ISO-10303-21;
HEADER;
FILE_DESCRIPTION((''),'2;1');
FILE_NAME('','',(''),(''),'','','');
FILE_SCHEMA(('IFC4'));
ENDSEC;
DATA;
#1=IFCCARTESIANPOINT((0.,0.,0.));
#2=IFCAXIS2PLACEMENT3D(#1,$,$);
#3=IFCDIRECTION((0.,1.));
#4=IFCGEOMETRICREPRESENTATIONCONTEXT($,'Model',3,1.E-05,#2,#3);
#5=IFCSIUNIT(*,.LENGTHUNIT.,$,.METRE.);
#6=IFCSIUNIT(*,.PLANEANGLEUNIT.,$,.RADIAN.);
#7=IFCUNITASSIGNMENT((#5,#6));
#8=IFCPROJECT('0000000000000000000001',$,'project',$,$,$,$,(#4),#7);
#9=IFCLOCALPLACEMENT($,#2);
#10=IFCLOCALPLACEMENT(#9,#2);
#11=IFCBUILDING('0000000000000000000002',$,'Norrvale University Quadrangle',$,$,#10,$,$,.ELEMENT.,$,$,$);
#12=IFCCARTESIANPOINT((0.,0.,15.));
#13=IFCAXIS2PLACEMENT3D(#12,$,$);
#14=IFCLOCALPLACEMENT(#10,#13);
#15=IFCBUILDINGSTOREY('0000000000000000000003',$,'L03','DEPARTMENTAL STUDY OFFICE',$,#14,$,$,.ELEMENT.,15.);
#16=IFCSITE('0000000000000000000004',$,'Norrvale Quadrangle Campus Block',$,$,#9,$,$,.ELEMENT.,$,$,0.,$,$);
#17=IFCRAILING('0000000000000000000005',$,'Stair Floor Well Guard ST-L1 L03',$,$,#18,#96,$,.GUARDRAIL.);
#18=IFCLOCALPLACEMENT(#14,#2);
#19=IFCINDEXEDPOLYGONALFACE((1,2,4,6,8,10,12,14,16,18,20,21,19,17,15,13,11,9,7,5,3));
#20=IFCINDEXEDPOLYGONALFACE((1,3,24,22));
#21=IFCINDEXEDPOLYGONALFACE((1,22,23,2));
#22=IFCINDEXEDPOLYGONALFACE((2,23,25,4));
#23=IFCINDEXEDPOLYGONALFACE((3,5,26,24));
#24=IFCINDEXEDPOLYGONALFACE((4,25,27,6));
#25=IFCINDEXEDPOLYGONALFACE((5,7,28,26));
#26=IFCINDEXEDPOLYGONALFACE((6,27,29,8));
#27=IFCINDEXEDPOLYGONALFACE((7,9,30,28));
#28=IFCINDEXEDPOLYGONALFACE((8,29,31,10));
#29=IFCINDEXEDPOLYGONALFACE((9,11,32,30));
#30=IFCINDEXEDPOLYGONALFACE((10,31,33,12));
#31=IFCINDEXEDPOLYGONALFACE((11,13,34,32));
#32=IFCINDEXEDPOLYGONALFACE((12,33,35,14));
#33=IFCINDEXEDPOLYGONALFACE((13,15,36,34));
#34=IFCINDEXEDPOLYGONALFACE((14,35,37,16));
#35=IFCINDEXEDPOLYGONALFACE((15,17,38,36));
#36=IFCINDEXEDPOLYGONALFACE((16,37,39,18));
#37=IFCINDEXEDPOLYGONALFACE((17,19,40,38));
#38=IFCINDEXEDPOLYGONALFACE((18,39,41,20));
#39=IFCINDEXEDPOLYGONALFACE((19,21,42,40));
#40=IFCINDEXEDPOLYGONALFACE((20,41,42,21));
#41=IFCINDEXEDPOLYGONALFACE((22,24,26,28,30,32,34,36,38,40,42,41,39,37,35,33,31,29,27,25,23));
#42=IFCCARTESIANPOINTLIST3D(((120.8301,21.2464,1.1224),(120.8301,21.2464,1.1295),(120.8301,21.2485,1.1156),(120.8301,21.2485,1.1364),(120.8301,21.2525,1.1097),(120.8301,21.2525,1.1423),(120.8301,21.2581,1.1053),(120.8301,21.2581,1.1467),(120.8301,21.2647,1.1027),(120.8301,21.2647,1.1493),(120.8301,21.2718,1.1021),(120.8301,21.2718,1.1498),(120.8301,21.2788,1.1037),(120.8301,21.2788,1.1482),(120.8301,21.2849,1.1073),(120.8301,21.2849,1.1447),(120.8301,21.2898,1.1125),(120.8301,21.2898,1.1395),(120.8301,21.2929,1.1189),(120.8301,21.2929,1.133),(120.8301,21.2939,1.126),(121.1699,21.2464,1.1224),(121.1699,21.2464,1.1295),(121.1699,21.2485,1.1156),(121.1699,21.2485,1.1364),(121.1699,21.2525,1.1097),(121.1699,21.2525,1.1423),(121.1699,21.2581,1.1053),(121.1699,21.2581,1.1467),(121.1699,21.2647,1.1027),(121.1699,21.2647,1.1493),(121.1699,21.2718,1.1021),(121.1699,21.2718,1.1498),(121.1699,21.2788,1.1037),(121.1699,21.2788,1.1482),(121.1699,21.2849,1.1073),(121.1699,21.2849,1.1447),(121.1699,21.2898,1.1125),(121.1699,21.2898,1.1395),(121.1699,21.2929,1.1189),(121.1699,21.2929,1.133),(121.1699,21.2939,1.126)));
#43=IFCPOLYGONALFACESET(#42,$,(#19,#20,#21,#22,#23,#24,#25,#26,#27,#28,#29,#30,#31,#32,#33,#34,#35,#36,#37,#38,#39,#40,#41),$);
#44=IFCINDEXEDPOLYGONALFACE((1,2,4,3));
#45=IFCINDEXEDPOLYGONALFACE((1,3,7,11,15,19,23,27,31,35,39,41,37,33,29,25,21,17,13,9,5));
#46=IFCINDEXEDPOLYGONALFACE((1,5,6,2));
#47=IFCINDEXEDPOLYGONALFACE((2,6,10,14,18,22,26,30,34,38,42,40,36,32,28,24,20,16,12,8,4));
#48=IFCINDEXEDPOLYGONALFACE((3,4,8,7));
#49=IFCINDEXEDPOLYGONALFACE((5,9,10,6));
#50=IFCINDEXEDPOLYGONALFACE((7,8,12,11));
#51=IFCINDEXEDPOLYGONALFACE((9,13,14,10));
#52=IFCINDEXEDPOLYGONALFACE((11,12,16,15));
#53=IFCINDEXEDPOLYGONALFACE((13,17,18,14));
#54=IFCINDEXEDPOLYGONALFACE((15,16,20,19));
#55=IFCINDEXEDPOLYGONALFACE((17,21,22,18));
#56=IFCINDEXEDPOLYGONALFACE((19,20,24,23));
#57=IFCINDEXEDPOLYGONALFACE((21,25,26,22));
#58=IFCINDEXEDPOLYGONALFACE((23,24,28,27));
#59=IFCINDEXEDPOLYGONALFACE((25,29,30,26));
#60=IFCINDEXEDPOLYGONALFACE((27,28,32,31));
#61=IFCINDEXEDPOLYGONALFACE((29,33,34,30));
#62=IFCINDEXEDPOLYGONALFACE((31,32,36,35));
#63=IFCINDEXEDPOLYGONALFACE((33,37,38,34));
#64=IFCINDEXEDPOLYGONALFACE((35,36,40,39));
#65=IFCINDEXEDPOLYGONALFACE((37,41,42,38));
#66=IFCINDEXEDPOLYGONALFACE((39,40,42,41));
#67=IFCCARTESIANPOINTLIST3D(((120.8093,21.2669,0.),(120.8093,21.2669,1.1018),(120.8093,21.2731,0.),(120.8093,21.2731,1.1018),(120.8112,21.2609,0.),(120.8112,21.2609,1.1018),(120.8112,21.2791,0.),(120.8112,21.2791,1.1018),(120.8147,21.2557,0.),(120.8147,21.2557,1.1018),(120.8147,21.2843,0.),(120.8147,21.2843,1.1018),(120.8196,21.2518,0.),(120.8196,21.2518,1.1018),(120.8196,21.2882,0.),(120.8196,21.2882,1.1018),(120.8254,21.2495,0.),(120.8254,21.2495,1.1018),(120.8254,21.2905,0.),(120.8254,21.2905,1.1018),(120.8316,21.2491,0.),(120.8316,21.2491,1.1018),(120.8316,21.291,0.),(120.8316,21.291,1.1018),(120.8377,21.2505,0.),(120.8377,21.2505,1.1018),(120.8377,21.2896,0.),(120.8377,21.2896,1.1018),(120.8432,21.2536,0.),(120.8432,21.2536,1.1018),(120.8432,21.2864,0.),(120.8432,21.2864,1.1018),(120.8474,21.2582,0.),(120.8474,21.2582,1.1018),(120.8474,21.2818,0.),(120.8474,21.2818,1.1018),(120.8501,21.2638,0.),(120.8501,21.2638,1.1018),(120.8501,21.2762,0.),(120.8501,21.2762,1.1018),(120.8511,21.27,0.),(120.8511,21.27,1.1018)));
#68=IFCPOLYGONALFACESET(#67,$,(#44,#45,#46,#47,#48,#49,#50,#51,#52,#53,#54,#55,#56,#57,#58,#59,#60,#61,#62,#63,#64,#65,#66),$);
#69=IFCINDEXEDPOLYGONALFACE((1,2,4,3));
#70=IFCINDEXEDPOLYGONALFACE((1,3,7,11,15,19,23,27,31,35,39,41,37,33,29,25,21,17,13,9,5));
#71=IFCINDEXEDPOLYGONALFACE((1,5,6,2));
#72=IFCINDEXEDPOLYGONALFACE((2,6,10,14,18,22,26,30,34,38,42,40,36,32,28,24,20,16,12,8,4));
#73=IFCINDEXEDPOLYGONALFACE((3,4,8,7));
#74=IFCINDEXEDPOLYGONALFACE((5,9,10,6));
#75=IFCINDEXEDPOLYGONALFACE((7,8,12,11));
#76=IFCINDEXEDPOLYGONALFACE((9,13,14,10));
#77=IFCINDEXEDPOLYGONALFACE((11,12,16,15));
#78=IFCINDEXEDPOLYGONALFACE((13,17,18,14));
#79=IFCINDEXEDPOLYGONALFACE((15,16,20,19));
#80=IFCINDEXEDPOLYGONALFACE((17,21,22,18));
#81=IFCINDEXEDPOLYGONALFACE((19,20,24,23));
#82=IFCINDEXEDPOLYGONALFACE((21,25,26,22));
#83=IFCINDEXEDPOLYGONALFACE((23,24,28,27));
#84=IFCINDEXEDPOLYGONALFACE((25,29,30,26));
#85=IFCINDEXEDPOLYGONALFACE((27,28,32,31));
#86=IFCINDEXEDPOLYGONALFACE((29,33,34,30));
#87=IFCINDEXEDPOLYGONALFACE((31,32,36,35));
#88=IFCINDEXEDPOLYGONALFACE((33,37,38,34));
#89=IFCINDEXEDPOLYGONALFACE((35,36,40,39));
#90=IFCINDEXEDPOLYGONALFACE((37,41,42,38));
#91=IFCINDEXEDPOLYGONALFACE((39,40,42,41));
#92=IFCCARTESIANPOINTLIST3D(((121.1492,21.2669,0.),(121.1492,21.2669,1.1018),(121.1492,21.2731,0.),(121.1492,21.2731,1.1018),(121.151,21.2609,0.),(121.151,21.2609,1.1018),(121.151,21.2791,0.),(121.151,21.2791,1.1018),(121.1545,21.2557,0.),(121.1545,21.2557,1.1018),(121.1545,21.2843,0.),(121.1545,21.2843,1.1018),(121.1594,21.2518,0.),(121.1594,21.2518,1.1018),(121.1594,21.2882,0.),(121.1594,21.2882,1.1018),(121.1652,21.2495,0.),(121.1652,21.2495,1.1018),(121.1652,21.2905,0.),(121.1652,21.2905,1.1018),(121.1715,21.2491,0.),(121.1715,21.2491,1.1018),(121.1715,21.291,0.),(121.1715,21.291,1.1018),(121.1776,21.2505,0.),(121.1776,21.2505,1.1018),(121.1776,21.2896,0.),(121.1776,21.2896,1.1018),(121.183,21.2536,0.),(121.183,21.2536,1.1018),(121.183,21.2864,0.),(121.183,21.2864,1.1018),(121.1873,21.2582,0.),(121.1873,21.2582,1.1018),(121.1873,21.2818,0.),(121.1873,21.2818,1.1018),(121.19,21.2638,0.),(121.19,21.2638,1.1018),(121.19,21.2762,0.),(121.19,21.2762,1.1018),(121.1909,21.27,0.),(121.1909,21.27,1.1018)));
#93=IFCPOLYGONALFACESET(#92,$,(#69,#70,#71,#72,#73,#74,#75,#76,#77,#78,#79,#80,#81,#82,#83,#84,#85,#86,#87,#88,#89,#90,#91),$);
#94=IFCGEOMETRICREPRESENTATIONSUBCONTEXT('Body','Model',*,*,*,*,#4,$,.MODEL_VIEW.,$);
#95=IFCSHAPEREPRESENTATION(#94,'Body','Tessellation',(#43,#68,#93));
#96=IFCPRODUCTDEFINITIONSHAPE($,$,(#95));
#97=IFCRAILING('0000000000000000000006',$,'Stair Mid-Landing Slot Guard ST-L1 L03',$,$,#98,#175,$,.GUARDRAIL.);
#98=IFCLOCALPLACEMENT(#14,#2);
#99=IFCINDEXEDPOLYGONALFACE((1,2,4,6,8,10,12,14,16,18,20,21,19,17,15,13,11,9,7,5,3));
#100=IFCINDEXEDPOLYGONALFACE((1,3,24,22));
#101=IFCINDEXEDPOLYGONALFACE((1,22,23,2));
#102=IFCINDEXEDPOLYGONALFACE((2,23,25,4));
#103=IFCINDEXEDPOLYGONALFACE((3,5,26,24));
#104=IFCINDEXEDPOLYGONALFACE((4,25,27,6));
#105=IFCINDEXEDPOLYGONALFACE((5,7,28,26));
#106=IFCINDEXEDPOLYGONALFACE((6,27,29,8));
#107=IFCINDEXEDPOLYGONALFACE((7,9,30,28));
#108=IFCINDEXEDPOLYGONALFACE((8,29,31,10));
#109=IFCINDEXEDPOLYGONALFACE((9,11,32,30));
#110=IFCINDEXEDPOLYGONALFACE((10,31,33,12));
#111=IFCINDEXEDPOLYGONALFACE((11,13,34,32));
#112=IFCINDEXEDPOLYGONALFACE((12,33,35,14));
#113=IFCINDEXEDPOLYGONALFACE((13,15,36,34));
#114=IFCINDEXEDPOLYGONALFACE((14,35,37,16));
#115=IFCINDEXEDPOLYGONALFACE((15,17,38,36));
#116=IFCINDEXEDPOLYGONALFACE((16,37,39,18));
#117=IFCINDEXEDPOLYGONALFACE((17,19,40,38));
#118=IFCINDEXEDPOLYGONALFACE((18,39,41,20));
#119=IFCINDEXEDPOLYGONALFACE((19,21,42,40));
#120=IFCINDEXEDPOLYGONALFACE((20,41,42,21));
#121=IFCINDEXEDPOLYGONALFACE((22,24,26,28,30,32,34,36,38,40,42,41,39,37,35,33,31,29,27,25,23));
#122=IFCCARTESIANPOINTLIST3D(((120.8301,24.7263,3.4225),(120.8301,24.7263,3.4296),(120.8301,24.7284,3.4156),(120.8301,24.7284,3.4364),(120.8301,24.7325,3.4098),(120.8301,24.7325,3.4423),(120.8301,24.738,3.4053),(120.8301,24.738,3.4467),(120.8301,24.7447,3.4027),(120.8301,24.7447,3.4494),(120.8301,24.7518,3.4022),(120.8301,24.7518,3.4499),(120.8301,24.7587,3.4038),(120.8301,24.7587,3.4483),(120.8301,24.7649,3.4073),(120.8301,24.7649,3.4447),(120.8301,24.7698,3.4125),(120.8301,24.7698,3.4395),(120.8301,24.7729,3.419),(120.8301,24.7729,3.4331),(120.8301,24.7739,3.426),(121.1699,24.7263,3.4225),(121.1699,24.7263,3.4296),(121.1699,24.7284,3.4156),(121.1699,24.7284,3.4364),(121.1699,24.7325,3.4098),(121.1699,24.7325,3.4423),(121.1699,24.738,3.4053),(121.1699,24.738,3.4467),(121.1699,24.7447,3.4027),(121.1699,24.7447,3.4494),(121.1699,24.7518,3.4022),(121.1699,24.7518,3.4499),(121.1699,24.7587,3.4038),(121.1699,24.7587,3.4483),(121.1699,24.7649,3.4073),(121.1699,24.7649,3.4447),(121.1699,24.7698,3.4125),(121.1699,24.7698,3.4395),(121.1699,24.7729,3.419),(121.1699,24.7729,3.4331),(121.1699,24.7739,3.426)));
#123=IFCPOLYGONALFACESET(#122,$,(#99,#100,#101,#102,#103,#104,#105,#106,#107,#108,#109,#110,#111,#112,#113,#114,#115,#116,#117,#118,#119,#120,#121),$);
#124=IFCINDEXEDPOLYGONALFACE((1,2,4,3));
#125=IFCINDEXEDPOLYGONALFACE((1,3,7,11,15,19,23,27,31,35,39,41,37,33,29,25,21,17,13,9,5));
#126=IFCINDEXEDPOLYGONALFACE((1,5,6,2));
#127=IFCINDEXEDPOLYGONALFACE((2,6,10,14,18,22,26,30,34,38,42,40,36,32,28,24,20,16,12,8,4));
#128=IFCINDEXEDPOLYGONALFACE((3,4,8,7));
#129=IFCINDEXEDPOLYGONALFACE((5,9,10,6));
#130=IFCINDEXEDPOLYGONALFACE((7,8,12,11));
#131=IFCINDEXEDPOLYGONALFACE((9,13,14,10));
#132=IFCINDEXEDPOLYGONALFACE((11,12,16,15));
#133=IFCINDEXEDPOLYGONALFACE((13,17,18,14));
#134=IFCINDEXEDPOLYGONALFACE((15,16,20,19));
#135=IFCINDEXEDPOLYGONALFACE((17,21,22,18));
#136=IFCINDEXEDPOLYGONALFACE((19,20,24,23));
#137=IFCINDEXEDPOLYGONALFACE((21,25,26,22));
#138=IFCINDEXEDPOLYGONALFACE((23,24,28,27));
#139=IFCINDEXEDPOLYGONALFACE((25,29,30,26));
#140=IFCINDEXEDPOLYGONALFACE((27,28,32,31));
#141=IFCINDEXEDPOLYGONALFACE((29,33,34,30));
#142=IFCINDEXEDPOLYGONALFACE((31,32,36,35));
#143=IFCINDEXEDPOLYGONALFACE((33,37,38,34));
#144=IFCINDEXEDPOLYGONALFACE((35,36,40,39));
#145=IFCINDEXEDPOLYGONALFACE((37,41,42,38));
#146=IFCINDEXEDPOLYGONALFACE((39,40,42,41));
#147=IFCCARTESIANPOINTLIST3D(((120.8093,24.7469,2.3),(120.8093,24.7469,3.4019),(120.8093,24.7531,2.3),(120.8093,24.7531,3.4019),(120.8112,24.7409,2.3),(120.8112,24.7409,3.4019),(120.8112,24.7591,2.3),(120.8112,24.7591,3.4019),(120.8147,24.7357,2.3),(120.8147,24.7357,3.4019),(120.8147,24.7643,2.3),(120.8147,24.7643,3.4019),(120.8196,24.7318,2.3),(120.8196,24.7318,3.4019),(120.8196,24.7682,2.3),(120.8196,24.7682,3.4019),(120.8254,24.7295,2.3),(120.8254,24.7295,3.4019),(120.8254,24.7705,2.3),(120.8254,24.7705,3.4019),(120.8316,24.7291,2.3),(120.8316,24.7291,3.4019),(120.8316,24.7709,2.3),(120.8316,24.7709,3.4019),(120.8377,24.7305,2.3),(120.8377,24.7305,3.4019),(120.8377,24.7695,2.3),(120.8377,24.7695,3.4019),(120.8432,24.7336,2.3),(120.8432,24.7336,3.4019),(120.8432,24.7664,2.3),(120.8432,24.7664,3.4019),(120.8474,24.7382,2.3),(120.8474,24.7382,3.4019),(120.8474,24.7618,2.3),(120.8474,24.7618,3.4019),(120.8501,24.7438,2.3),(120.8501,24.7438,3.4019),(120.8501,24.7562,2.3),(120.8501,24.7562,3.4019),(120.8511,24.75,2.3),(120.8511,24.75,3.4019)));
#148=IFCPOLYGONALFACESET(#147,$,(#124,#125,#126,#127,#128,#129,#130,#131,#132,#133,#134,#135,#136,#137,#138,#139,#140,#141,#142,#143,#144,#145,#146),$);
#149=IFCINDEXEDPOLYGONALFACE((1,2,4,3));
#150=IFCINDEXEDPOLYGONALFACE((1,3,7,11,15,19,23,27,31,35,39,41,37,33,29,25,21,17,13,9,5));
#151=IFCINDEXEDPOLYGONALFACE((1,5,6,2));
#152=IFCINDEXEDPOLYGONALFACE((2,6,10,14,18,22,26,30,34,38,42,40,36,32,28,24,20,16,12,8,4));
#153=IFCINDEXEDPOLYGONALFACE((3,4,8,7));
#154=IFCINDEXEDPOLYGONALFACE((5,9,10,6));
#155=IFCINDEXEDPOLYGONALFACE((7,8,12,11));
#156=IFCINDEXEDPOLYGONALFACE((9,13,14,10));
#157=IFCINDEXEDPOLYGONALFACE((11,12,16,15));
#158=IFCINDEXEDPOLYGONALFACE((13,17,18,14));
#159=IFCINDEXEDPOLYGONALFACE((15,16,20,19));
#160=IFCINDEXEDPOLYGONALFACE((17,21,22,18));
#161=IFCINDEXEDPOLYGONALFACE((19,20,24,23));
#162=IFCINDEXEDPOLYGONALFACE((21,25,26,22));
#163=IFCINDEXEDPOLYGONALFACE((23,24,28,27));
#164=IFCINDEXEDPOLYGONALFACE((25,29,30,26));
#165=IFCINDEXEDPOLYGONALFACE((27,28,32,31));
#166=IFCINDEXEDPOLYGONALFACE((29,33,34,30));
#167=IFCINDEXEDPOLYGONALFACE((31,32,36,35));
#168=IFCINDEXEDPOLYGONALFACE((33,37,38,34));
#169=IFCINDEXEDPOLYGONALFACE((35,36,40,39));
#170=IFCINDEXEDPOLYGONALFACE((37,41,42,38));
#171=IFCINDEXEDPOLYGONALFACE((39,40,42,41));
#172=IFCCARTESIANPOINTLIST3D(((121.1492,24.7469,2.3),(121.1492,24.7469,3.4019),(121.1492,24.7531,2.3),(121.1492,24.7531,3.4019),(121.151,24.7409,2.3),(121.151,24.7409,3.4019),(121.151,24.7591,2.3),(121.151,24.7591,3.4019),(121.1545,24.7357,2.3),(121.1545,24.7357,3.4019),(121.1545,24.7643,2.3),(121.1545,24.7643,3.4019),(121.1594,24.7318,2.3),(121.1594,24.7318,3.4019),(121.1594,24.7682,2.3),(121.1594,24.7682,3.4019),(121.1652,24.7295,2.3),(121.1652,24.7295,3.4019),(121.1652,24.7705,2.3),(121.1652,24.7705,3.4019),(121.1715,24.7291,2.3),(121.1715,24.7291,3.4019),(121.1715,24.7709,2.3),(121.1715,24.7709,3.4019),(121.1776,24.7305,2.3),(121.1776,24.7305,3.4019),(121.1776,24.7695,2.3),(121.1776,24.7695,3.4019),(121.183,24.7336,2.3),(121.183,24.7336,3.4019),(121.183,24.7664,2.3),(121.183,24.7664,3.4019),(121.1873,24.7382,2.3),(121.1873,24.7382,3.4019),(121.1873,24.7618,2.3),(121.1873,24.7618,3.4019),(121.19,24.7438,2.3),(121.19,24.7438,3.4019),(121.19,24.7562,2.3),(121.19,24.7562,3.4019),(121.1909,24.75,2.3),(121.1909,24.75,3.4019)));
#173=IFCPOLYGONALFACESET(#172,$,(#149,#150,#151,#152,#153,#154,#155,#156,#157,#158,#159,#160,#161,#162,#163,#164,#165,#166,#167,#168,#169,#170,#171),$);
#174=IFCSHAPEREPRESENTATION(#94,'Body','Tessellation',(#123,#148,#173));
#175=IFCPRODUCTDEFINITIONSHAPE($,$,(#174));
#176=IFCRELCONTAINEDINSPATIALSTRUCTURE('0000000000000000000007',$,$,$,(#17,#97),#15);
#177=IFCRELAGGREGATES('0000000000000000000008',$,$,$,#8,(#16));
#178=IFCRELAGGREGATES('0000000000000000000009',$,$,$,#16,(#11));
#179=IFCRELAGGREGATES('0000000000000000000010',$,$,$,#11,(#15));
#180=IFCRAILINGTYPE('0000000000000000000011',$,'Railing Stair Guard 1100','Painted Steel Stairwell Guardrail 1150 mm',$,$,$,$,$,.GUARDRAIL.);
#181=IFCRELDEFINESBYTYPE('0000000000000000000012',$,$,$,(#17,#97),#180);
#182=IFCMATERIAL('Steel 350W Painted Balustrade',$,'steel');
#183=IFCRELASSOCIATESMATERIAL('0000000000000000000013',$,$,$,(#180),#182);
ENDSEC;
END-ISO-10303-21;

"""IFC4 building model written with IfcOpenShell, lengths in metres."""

from ifc_helpers import new_model, si_unit, direction, frame, origin, origin_2d, place, context, subcontext, project, spatial, circle, extrude, material, type_object, element, save


model = new_model("IFC4")

# Units and contexts
model_context = context("Model", 3, precision=1e-05, world=origin(), true_north=direction((0.0, 1.0)))
body_context = subcontext(model_context, "Body", "Model", "MODEL_VIEW")
ifc_project = project(units=[si_unit("LENGTHUNIT", "METRE"), si_unit("PLANEANGLEUNIT", "RADIAN")], contexts=[model_context])

# Site, building, storey
site_placement = place(None, origin())
site = spatial("IfcSite", under=ifc_project, at=site_placement, Name="Norrvale Quadrangle Campus Block", CompositionType="ELEMENT", RefElevation=0.0)
building_placement = place(site_placement, origin())
building = spatial("IfcBuilding", under=site, at=building_placement, Name="Norrvale University Quadrangle", CompositionType="ELEMENT")
storey_placement = place(building_placement, frame((0.0, 0.0, 15.0)))
storey = spatial("IfcBuildingStorey", under=building, at=storey_placement, Name="L03", Description="DEPARTMENTAL STUDY OFFICE", CompositionType="ELEMENT", Elevation=15.0)

# Railings
ifc_material_1 = material(Name="Steel 350W Painted Balustrade", Category="steel")
railing_type_1 = type_object("IfcRailingType", Name="Railing Stair Guard 1100", Description="Painted Steel Stairwell Guardrail 1150 mm", PredefinedType="GUARDRAIL", material=ifc_material_1)
for number, where, name in (
    (1, (120.8301, 21.27, 0.0), "Stair Floor Well Guard ST-L1 L03"),
    (2, (120.8301, 24.75, 2.3), "Stair Mid-Landing Slot Guard ST-L1 L03"),
):
    element("IfcRailing", number, at=place(storey_placement, frame(where)), inside=storey, type_object=railing_type_1, Name=name, PredefinedType="GUARDRAIL", context=body_context, shape_type="SweptSolid", body=[
        extrude(circle(Radius=0.0239, at=origin_2d()), frame((0.0, 0.0, 1.126), z_axis=(1.0, 0.0, 0.0), x_axis=(0.0, 1.0, 0.0)), (0.0, 0.0, 1.0), 0.3398),
        extrude(circle(Radius=0.021, at=origin_2d()), origin(), (0.0, 0.0, 1.0), 1.1018),
        extrude(circle(Radius=0.021, at=origin_2d()), frame((0.3398, 0.0, 0.0)), (0.0, 0.0, 1.0), 1.1018),
    ])

save(model, "model.ifc")
